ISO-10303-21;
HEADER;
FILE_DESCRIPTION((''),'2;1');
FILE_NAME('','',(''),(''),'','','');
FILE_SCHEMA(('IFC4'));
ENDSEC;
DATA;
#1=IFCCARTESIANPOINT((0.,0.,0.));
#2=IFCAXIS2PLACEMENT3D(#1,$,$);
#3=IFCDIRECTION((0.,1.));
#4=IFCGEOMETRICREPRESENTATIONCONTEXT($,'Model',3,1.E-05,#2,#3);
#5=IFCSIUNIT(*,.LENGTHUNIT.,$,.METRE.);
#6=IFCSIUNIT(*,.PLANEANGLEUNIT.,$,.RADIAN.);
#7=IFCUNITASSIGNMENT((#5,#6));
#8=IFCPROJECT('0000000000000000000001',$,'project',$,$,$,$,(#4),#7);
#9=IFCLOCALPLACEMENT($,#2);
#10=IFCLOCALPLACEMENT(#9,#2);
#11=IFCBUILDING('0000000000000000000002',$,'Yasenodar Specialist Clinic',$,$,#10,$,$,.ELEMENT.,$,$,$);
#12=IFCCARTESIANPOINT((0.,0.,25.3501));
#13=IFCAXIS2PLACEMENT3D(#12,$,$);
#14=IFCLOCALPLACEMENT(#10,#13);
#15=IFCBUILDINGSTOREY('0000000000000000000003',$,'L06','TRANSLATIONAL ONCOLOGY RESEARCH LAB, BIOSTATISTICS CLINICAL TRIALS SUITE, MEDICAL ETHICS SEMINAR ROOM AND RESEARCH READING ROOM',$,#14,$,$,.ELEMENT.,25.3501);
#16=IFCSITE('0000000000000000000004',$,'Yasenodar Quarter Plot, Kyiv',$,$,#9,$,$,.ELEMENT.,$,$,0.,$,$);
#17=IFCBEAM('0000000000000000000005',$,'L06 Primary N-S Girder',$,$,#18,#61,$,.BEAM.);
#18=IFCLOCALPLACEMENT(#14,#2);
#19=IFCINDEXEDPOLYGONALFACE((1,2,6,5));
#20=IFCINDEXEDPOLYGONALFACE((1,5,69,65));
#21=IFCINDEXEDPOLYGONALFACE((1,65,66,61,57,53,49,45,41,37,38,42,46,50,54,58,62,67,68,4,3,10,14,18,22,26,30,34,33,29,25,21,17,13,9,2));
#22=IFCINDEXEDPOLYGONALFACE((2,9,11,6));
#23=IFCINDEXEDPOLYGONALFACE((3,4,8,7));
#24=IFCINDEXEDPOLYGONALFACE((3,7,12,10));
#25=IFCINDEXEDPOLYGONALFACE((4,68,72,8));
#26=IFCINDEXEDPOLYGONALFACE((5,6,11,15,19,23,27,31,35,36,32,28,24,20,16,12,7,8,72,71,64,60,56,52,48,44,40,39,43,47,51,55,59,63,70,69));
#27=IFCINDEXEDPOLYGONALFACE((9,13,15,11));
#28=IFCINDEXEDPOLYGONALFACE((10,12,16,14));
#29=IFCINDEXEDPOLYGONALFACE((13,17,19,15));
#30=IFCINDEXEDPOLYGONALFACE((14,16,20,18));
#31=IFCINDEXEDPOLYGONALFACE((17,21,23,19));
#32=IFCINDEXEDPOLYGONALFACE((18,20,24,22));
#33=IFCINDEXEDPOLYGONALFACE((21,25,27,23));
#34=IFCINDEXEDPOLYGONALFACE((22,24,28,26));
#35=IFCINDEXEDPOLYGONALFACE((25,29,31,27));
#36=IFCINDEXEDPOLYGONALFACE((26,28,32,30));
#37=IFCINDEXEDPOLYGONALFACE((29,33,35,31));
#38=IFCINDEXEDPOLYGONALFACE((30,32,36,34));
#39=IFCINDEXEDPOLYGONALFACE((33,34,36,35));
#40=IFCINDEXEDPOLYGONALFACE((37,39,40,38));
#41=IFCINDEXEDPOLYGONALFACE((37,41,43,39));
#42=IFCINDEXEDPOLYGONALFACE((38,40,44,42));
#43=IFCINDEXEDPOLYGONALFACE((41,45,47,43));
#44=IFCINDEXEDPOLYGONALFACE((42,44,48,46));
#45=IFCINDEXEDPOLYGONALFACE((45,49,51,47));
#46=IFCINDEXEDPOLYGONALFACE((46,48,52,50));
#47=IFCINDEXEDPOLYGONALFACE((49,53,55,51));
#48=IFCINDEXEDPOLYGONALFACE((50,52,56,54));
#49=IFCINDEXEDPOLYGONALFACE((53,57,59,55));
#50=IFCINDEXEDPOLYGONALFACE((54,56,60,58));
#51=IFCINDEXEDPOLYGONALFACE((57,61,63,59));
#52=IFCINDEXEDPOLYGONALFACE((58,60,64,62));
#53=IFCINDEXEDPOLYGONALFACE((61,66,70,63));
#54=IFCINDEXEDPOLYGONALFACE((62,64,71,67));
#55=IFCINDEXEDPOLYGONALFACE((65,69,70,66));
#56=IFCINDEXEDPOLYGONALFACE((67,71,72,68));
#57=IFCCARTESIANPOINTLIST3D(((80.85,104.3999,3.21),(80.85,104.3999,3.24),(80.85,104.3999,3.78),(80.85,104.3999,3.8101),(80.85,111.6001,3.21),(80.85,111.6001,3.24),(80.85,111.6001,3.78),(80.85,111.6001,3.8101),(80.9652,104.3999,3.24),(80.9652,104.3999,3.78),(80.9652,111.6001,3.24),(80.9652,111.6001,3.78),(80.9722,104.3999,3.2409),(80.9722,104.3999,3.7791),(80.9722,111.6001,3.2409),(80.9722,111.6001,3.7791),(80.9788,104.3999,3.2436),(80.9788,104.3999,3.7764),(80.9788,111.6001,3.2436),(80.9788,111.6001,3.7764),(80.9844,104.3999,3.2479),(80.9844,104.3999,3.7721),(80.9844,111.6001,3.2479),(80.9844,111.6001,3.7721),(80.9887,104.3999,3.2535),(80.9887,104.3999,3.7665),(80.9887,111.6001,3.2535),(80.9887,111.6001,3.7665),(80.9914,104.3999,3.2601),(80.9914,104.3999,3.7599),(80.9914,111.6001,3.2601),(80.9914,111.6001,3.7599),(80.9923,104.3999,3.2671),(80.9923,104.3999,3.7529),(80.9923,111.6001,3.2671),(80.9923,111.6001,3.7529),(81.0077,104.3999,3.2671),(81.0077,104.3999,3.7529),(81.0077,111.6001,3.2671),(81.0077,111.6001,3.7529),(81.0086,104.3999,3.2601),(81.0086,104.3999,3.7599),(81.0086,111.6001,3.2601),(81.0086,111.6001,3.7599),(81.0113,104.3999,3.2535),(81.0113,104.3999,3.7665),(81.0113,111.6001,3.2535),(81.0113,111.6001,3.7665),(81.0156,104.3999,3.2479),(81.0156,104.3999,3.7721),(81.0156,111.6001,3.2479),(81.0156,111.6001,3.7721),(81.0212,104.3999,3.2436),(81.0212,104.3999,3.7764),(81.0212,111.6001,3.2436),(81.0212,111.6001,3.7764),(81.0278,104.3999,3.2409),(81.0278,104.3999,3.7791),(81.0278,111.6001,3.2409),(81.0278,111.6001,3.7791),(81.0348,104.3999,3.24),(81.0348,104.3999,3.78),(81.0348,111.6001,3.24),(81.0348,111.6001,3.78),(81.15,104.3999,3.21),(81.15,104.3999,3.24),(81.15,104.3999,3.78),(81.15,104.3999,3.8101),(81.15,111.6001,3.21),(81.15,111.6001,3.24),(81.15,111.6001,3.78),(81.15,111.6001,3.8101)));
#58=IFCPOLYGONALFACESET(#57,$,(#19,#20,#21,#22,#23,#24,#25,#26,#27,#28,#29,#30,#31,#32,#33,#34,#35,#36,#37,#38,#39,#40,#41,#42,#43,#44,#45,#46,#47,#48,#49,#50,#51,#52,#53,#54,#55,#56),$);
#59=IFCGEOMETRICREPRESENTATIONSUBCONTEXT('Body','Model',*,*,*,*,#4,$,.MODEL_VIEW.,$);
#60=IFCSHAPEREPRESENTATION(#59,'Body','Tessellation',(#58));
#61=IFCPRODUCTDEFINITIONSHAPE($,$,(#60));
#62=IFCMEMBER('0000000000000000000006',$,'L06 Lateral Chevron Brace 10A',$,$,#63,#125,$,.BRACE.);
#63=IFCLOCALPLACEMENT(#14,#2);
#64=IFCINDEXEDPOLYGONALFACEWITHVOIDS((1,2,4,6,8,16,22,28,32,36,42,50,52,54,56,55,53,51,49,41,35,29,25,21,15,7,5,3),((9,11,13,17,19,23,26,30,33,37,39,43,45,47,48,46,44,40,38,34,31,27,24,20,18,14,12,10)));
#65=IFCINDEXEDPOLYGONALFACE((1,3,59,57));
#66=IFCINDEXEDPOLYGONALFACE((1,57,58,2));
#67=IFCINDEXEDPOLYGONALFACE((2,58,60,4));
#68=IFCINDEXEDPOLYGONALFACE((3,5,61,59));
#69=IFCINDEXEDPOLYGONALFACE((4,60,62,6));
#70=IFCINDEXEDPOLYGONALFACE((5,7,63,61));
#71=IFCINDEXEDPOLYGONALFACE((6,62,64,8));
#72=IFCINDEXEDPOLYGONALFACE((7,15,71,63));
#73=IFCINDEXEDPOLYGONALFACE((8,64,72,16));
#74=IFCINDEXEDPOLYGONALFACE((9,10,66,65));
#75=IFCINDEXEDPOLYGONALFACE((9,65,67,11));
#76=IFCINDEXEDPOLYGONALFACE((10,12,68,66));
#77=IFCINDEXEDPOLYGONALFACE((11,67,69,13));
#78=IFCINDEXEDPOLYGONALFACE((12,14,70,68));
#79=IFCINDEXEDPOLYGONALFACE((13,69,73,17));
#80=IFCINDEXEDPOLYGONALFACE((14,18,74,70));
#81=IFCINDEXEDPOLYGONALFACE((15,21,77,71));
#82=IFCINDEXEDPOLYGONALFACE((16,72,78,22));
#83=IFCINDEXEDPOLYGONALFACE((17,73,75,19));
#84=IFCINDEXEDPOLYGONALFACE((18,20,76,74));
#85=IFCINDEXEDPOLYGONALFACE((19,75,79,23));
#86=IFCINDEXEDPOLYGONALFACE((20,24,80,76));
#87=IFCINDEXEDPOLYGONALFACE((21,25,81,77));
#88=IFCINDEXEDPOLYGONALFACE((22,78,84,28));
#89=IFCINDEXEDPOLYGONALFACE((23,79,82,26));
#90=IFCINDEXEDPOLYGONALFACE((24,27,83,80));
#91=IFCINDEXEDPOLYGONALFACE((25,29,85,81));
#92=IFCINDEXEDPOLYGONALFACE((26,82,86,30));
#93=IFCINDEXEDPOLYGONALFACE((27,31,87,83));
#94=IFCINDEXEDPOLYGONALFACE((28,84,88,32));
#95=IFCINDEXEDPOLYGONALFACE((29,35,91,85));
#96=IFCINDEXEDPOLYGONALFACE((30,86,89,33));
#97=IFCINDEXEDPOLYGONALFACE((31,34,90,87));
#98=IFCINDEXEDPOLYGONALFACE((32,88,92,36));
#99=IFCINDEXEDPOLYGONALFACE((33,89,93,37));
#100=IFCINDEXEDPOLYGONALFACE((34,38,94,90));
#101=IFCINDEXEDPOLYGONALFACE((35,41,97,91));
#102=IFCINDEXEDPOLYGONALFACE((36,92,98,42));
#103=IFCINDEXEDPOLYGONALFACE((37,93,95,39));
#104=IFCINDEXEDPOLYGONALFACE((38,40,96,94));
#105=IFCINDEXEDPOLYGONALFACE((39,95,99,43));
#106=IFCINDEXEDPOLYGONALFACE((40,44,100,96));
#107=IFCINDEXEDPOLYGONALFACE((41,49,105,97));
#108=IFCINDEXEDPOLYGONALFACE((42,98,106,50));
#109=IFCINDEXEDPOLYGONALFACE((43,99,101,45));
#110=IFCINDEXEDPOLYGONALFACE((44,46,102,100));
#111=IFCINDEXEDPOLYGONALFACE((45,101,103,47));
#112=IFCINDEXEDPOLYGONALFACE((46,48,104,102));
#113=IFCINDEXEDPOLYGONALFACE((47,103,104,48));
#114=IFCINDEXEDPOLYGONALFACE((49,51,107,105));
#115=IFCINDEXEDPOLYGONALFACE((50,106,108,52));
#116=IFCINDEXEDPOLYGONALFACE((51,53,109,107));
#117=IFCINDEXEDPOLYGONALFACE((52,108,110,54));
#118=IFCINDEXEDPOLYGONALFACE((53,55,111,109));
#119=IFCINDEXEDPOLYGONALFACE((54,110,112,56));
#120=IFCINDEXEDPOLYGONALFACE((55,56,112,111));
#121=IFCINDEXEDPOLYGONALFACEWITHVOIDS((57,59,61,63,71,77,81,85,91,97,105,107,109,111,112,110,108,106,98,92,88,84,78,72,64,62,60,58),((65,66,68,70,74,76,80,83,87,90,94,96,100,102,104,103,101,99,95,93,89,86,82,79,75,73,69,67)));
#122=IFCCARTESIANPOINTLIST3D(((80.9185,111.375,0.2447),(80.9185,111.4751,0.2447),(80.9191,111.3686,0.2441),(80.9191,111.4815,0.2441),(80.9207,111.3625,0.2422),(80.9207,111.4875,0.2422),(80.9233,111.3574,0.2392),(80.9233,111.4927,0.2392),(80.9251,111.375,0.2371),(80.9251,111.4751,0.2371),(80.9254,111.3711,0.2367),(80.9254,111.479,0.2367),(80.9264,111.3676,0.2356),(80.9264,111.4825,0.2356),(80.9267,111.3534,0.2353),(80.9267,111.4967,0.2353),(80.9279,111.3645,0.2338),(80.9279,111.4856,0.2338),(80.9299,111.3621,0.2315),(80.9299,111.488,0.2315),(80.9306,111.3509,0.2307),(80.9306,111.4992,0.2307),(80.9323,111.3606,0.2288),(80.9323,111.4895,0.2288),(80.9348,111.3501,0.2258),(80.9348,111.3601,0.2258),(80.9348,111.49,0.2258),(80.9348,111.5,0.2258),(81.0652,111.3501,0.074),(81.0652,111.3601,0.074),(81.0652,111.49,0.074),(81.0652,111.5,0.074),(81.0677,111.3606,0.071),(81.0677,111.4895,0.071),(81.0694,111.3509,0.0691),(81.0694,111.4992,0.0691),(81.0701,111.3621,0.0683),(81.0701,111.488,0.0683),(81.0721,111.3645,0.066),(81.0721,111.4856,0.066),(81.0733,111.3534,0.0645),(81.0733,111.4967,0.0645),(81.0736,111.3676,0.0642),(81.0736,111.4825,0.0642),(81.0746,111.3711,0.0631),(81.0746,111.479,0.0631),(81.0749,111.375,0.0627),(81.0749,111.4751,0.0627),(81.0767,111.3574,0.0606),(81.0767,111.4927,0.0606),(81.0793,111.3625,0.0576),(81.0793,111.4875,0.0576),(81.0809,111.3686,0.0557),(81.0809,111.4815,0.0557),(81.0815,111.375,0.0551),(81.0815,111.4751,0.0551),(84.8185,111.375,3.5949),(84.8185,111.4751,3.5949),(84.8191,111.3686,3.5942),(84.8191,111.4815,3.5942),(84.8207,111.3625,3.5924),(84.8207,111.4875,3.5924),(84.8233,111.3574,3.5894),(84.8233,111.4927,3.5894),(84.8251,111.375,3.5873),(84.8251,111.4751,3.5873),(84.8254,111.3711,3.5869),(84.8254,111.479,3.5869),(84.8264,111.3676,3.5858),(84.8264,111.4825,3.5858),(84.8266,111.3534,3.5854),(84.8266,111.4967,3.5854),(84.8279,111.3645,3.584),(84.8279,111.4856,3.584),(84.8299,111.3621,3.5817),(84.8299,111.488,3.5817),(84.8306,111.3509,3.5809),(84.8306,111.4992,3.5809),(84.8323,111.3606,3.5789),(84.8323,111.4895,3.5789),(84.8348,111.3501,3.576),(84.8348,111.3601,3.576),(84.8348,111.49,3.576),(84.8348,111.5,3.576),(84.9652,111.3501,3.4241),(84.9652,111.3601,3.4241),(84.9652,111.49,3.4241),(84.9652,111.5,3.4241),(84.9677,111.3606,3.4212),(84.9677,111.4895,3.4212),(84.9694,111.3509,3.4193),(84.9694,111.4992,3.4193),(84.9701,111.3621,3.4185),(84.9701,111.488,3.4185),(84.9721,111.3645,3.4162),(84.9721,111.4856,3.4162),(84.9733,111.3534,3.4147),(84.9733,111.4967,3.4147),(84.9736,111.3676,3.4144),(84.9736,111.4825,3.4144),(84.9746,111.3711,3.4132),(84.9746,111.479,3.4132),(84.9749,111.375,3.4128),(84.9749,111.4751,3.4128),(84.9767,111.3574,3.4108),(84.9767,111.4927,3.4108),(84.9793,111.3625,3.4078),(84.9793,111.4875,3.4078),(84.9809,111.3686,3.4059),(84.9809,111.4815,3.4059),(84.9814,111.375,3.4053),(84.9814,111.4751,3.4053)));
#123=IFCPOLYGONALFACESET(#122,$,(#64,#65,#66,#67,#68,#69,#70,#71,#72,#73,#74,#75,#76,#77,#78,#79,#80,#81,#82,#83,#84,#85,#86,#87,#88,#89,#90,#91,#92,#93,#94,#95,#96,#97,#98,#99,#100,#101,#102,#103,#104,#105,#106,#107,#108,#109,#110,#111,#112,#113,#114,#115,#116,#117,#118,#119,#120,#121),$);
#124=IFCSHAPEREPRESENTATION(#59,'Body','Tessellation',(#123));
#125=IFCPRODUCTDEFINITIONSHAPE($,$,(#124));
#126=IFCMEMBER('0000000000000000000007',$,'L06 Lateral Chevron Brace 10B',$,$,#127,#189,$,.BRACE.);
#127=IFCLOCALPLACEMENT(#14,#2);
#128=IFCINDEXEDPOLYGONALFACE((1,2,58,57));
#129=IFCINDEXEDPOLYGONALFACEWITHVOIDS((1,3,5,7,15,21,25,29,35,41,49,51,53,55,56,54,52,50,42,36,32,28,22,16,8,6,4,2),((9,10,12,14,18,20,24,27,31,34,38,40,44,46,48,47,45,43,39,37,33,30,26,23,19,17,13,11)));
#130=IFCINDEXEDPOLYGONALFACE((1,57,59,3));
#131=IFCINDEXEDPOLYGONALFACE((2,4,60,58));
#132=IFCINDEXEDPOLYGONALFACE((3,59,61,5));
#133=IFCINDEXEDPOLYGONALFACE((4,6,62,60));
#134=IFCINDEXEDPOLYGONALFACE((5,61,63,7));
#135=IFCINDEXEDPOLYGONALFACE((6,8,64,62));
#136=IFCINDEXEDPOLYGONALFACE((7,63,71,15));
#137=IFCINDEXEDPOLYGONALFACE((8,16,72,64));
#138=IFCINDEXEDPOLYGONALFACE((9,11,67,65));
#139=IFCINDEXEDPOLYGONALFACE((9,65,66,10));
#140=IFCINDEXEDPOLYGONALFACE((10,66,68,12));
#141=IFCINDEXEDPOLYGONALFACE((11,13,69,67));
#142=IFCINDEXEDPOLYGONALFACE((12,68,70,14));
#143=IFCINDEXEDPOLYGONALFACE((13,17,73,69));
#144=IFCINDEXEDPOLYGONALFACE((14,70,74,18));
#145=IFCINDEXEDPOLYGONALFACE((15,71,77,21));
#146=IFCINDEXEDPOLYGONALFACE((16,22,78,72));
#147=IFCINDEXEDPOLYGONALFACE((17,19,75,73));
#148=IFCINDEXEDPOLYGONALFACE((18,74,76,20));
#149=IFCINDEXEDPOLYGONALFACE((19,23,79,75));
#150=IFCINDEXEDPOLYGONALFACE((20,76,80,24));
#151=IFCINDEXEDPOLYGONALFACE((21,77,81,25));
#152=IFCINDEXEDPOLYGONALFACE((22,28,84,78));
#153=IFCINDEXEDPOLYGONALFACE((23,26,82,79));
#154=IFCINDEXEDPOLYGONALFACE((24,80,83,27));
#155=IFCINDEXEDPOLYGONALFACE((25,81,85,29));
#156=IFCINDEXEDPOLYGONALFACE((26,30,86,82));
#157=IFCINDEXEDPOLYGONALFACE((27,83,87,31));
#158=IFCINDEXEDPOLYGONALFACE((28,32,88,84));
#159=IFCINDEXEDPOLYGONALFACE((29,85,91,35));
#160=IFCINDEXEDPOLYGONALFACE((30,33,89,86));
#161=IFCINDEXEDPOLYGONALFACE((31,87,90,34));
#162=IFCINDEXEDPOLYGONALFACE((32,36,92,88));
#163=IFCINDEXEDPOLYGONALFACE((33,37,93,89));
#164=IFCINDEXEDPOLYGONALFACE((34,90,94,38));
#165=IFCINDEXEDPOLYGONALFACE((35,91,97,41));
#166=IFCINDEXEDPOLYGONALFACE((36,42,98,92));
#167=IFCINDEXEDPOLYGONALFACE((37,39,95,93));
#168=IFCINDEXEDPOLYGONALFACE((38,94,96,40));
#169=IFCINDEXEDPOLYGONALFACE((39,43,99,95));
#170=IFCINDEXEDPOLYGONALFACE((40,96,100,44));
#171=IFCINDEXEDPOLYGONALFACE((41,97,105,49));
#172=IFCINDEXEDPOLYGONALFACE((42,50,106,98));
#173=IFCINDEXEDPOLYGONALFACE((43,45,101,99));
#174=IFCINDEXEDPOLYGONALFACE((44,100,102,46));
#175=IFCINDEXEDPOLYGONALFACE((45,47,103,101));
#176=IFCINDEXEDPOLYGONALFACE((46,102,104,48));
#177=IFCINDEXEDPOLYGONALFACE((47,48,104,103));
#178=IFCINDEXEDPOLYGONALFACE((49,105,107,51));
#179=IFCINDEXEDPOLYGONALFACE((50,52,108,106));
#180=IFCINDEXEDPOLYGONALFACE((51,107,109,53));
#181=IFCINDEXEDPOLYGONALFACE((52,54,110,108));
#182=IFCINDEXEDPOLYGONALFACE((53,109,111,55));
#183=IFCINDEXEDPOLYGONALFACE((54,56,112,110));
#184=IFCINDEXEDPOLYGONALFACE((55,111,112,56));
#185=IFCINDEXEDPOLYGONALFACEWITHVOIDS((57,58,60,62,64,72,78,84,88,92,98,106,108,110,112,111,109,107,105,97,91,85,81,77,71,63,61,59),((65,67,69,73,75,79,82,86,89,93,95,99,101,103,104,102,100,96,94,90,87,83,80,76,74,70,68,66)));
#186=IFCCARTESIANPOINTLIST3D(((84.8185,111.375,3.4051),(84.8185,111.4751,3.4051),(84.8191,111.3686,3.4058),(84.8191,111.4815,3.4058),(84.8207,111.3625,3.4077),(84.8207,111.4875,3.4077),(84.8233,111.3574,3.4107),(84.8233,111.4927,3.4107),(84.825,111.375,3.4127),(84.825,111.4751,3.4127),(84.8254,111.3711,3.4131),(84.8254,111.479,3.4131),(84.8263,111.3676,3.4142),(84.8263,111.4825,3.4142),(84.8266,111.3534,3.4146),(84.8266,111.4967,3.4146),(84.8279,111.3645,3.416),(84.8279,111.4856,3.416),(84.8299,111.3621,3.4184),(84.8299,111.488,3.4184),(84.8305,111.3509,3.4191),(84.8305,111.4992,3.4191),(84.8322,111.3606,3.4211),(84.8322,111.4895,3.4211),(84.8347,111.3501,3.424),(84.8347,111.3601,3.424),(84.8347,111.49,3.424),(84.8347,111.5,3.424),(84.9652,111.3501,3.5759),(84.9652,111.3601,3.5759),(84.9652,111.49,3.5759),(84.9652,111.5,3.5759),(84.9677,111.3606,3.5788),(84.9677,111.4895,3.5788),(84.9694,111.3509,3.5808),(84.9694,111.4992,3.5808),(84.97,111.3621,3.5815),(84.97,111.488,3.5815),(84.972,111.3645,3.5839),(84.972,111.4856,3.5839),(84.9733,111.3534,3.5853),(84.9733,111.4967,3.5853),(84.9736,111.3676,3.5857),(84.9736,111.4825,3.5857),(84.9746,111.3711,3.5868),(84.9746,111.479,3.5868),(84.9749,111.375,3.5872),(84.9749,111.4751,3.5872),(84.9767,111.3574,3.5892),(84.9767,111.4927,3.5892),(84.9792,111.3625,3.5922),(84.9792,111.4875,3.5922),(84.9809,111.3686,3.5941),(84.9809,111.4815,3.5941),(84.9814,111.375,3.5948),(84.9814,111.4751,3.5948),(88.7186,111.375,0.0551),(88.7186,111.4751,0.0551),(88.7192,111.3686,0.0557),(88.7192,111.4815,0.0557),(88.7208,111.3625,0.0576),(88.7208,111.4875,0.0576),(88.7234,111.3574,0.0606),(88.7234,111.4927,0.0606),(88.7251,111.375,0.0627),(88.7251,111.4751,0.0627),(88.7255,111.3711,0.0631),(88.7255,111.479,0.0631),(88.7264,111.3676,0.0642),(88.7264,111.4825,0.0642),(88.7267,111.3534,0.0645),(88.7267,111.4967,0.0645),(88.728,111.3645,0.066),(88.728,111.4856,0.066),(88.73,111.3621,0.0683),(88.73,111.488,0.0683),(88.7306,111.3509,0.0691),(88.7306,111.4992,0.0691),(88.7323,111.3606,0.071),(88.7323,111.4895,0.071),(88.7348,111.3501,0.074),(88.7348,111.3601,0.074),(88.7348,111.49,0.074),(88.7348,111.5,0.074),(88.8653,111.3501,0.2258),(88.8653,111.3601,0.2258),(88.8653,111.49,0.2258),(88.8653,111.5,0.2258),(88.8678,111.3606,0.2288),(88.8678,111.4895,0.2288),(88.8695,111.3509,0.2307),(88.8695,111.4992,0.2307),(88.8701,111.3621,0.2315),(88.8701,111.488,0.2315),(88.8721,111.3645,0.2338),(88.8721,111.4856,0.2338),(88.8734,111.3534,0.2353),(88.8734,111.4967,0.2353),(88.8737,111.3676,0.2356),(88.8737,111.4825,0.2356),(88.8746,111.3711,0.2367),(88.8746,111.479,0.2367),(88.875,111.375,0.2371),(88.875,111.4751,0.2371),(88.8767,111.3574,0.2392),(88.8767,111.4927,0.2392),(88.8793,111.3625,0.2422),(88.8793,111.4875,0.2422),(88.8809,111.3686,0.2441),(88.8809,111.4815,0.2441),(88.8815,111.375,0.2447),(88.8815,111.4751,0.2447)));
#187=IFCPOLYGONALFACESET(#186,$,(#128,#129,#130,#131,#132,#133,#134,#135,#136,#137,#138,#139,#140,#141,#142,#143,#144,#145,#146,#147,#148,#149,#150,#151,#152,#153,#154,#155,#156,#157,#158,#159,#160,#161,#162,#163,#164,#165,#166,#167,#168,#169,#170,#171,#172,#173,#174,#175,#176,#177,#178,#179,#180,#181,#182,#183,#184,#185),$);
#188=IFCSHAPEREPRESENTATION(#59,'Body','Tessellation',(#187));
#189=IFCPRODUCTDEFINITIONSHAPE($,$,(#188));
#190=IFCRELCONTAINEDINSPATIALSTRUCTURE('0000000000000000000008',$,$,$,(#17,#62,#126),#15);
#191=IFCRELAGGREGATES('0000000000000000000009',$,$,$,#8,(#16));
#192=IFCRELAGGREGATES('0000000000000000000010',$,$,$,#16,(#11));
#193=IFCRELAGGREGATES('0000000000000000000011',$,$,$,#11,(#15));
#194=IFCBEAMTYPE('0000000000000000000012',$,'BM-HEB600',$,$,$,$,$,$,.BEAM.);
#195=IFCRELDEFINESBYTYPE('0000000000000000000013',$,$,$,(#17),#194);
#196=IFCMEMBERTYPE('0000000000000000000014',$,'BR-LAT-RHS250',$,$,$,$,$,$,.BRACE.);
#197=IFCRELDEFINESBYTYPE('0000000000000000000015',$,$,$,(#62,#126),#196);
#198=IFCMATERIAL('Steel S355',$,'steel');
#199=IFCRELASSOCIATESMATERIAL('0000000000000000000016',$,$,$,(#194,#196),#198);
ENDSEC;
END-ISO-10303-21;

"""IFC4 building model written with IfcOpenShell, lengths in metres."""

from ifc_helpers import new_model, si_unit, direction, frame, origin, origin_2d, place, context, subcontext, project, spatial, hollow_rectangle, i_section, extrude, material, material_profile, profile_set, type_object, element, save


model = new_model("IFC4")

# Units and contexts
model_context = context("Model", 3, precision=1e-05, world=origin(), true_north=direction((0.0, 1.0)))
body_context = subcontext(model_context, "Body", "Model", "MODEL_VIEW")
ifc_project = project(units=[si_unit("LENGTHUNIT", "METRE"), si_unit("PLANEANGLEUNIT", "RADIAN")], contexts=[model_context])

# Site, building, storey
site_placement = place(None, origin())
site = spatial("IfcSite", under=ifc_project, at=site_placement, Name="Yasenodar Quarter Plot, Kyiv", CompositionType="ELEMENT", RefElevation=0.0)
building_placement = place(site_placement, origin())
building = spatial("IfcBuilding", under=site, at=building_placement, Name="Yasenodar Specialist Clinic", CompositionType="ELEMENT")
storey_placement = place(building_placement, frame((0.0, 0.0, 25.3501)))
storey = spatial("IfcBuildingStorey", under=building, at=storey_placement, Name="L06", Description="TRANSLATIONAL ONCOLOGY RESEARCH LAB, BIOSTATISTICS CLINICAL TRIALS SUITE, MEDICAL ETHICS SEMINAR ROOM AND RESEARCH READING ROOM", CompositionType="ELEMENT", Elevation=25.3501)

# Shared definitions
ifc_material_1 = material(Name="Steel S355", Category="steel")

# Beam
ifc_material_profile_1 = material_profile(ifc_material_1, i_section(OverallWidth=0.3, OverallDepth=0.6001, WebThickness=0.0154, FlangeThickness=0.03, FilletRadius=0.0271, at=origin_2d()), Name="HEB 600")
ifc_profile_set_1 = profile_set([ifc_material_profile_1], Name="Steel S355")
beam_type_1 = type_object("IfcBeamType", Name="BM-HEB600", PredefinedType="BEAM", material=ifc_profile_set_1)
beam_1_placement = place(storey_placement, frame((81.0, 104.3999, 3.51), z_axis=(0.0, 1.0, 0.0), x_axis=(-1.0, 0.0, 0.0)))
element("IfcBeam", 1, at=beam_1_placement, inside=storey, type_object=beam_type_1, Name="L06 Primary N-S Girder", PredefinedType="BEAM", context=body_context, shape_type="SweptSolid", body=[
    extrude(i_section(OverallWidth=0.3, OverallDepth=0.6001, WebThickness=0.0154, FlangeThickness=0.03, FilletRadius=0.0271, at=origin_2d()), origin(), (0.0, 0.0, 1.0), 7.2002),
])

# Members
ifc_material_profile_2 = material_profile(ifc_material_1, hollow_rectangle(XDim=0.1499, YDim=0.25, WallThickness=0.01, InnerFilletRadius=0.0149, OuterFilletRadius=0.0249, at=origin_2d()), Name="RHS 250x150x10")
ifc_profile_set_2 = profile_set([ifc_material_profile_2], Name="Steel S355")
member_type = type_object("IfcMemberType", Name="BR-LAT-RHS250", PredefinedType="BRACE", material=ifc_profile_set_2)
for number, where, z_axis, x_axis, name in (
    (2, (81.0, 111.425, 0.1499), (0.758552, 0.0, 0.651612), (0.0, 1.0, 0.0), "L06 Lateral Chevron Brace 10A"),
    (3, (88.8, 111.425, 0.1499), (-0.758572, 0.0, 0.651589), (0.0, -1.0, 0.0), "L06 Lateral Chevron Brace 10B"),
):
    element("IfcMember", number, at=place(storey_placement, frame(where, z_axis=z_axis, x_axis=x_axis)), inside=storey, type_object=member_type, Name=name, PredefinedType="BRACE", context=body_context, shape_type="SweptSolid", body=[
        extrude(hollow_rectangle(XDim=0.1499, YDim=0.25, WallThickness=0.01, InnerFilletRadius=0.0149, OuterFilletRadius=0.0249, at=origin_2d()), origin(), (0.0, 0.0, 1.0), 5.1414),
    ])

save(model, "model.ifc")
